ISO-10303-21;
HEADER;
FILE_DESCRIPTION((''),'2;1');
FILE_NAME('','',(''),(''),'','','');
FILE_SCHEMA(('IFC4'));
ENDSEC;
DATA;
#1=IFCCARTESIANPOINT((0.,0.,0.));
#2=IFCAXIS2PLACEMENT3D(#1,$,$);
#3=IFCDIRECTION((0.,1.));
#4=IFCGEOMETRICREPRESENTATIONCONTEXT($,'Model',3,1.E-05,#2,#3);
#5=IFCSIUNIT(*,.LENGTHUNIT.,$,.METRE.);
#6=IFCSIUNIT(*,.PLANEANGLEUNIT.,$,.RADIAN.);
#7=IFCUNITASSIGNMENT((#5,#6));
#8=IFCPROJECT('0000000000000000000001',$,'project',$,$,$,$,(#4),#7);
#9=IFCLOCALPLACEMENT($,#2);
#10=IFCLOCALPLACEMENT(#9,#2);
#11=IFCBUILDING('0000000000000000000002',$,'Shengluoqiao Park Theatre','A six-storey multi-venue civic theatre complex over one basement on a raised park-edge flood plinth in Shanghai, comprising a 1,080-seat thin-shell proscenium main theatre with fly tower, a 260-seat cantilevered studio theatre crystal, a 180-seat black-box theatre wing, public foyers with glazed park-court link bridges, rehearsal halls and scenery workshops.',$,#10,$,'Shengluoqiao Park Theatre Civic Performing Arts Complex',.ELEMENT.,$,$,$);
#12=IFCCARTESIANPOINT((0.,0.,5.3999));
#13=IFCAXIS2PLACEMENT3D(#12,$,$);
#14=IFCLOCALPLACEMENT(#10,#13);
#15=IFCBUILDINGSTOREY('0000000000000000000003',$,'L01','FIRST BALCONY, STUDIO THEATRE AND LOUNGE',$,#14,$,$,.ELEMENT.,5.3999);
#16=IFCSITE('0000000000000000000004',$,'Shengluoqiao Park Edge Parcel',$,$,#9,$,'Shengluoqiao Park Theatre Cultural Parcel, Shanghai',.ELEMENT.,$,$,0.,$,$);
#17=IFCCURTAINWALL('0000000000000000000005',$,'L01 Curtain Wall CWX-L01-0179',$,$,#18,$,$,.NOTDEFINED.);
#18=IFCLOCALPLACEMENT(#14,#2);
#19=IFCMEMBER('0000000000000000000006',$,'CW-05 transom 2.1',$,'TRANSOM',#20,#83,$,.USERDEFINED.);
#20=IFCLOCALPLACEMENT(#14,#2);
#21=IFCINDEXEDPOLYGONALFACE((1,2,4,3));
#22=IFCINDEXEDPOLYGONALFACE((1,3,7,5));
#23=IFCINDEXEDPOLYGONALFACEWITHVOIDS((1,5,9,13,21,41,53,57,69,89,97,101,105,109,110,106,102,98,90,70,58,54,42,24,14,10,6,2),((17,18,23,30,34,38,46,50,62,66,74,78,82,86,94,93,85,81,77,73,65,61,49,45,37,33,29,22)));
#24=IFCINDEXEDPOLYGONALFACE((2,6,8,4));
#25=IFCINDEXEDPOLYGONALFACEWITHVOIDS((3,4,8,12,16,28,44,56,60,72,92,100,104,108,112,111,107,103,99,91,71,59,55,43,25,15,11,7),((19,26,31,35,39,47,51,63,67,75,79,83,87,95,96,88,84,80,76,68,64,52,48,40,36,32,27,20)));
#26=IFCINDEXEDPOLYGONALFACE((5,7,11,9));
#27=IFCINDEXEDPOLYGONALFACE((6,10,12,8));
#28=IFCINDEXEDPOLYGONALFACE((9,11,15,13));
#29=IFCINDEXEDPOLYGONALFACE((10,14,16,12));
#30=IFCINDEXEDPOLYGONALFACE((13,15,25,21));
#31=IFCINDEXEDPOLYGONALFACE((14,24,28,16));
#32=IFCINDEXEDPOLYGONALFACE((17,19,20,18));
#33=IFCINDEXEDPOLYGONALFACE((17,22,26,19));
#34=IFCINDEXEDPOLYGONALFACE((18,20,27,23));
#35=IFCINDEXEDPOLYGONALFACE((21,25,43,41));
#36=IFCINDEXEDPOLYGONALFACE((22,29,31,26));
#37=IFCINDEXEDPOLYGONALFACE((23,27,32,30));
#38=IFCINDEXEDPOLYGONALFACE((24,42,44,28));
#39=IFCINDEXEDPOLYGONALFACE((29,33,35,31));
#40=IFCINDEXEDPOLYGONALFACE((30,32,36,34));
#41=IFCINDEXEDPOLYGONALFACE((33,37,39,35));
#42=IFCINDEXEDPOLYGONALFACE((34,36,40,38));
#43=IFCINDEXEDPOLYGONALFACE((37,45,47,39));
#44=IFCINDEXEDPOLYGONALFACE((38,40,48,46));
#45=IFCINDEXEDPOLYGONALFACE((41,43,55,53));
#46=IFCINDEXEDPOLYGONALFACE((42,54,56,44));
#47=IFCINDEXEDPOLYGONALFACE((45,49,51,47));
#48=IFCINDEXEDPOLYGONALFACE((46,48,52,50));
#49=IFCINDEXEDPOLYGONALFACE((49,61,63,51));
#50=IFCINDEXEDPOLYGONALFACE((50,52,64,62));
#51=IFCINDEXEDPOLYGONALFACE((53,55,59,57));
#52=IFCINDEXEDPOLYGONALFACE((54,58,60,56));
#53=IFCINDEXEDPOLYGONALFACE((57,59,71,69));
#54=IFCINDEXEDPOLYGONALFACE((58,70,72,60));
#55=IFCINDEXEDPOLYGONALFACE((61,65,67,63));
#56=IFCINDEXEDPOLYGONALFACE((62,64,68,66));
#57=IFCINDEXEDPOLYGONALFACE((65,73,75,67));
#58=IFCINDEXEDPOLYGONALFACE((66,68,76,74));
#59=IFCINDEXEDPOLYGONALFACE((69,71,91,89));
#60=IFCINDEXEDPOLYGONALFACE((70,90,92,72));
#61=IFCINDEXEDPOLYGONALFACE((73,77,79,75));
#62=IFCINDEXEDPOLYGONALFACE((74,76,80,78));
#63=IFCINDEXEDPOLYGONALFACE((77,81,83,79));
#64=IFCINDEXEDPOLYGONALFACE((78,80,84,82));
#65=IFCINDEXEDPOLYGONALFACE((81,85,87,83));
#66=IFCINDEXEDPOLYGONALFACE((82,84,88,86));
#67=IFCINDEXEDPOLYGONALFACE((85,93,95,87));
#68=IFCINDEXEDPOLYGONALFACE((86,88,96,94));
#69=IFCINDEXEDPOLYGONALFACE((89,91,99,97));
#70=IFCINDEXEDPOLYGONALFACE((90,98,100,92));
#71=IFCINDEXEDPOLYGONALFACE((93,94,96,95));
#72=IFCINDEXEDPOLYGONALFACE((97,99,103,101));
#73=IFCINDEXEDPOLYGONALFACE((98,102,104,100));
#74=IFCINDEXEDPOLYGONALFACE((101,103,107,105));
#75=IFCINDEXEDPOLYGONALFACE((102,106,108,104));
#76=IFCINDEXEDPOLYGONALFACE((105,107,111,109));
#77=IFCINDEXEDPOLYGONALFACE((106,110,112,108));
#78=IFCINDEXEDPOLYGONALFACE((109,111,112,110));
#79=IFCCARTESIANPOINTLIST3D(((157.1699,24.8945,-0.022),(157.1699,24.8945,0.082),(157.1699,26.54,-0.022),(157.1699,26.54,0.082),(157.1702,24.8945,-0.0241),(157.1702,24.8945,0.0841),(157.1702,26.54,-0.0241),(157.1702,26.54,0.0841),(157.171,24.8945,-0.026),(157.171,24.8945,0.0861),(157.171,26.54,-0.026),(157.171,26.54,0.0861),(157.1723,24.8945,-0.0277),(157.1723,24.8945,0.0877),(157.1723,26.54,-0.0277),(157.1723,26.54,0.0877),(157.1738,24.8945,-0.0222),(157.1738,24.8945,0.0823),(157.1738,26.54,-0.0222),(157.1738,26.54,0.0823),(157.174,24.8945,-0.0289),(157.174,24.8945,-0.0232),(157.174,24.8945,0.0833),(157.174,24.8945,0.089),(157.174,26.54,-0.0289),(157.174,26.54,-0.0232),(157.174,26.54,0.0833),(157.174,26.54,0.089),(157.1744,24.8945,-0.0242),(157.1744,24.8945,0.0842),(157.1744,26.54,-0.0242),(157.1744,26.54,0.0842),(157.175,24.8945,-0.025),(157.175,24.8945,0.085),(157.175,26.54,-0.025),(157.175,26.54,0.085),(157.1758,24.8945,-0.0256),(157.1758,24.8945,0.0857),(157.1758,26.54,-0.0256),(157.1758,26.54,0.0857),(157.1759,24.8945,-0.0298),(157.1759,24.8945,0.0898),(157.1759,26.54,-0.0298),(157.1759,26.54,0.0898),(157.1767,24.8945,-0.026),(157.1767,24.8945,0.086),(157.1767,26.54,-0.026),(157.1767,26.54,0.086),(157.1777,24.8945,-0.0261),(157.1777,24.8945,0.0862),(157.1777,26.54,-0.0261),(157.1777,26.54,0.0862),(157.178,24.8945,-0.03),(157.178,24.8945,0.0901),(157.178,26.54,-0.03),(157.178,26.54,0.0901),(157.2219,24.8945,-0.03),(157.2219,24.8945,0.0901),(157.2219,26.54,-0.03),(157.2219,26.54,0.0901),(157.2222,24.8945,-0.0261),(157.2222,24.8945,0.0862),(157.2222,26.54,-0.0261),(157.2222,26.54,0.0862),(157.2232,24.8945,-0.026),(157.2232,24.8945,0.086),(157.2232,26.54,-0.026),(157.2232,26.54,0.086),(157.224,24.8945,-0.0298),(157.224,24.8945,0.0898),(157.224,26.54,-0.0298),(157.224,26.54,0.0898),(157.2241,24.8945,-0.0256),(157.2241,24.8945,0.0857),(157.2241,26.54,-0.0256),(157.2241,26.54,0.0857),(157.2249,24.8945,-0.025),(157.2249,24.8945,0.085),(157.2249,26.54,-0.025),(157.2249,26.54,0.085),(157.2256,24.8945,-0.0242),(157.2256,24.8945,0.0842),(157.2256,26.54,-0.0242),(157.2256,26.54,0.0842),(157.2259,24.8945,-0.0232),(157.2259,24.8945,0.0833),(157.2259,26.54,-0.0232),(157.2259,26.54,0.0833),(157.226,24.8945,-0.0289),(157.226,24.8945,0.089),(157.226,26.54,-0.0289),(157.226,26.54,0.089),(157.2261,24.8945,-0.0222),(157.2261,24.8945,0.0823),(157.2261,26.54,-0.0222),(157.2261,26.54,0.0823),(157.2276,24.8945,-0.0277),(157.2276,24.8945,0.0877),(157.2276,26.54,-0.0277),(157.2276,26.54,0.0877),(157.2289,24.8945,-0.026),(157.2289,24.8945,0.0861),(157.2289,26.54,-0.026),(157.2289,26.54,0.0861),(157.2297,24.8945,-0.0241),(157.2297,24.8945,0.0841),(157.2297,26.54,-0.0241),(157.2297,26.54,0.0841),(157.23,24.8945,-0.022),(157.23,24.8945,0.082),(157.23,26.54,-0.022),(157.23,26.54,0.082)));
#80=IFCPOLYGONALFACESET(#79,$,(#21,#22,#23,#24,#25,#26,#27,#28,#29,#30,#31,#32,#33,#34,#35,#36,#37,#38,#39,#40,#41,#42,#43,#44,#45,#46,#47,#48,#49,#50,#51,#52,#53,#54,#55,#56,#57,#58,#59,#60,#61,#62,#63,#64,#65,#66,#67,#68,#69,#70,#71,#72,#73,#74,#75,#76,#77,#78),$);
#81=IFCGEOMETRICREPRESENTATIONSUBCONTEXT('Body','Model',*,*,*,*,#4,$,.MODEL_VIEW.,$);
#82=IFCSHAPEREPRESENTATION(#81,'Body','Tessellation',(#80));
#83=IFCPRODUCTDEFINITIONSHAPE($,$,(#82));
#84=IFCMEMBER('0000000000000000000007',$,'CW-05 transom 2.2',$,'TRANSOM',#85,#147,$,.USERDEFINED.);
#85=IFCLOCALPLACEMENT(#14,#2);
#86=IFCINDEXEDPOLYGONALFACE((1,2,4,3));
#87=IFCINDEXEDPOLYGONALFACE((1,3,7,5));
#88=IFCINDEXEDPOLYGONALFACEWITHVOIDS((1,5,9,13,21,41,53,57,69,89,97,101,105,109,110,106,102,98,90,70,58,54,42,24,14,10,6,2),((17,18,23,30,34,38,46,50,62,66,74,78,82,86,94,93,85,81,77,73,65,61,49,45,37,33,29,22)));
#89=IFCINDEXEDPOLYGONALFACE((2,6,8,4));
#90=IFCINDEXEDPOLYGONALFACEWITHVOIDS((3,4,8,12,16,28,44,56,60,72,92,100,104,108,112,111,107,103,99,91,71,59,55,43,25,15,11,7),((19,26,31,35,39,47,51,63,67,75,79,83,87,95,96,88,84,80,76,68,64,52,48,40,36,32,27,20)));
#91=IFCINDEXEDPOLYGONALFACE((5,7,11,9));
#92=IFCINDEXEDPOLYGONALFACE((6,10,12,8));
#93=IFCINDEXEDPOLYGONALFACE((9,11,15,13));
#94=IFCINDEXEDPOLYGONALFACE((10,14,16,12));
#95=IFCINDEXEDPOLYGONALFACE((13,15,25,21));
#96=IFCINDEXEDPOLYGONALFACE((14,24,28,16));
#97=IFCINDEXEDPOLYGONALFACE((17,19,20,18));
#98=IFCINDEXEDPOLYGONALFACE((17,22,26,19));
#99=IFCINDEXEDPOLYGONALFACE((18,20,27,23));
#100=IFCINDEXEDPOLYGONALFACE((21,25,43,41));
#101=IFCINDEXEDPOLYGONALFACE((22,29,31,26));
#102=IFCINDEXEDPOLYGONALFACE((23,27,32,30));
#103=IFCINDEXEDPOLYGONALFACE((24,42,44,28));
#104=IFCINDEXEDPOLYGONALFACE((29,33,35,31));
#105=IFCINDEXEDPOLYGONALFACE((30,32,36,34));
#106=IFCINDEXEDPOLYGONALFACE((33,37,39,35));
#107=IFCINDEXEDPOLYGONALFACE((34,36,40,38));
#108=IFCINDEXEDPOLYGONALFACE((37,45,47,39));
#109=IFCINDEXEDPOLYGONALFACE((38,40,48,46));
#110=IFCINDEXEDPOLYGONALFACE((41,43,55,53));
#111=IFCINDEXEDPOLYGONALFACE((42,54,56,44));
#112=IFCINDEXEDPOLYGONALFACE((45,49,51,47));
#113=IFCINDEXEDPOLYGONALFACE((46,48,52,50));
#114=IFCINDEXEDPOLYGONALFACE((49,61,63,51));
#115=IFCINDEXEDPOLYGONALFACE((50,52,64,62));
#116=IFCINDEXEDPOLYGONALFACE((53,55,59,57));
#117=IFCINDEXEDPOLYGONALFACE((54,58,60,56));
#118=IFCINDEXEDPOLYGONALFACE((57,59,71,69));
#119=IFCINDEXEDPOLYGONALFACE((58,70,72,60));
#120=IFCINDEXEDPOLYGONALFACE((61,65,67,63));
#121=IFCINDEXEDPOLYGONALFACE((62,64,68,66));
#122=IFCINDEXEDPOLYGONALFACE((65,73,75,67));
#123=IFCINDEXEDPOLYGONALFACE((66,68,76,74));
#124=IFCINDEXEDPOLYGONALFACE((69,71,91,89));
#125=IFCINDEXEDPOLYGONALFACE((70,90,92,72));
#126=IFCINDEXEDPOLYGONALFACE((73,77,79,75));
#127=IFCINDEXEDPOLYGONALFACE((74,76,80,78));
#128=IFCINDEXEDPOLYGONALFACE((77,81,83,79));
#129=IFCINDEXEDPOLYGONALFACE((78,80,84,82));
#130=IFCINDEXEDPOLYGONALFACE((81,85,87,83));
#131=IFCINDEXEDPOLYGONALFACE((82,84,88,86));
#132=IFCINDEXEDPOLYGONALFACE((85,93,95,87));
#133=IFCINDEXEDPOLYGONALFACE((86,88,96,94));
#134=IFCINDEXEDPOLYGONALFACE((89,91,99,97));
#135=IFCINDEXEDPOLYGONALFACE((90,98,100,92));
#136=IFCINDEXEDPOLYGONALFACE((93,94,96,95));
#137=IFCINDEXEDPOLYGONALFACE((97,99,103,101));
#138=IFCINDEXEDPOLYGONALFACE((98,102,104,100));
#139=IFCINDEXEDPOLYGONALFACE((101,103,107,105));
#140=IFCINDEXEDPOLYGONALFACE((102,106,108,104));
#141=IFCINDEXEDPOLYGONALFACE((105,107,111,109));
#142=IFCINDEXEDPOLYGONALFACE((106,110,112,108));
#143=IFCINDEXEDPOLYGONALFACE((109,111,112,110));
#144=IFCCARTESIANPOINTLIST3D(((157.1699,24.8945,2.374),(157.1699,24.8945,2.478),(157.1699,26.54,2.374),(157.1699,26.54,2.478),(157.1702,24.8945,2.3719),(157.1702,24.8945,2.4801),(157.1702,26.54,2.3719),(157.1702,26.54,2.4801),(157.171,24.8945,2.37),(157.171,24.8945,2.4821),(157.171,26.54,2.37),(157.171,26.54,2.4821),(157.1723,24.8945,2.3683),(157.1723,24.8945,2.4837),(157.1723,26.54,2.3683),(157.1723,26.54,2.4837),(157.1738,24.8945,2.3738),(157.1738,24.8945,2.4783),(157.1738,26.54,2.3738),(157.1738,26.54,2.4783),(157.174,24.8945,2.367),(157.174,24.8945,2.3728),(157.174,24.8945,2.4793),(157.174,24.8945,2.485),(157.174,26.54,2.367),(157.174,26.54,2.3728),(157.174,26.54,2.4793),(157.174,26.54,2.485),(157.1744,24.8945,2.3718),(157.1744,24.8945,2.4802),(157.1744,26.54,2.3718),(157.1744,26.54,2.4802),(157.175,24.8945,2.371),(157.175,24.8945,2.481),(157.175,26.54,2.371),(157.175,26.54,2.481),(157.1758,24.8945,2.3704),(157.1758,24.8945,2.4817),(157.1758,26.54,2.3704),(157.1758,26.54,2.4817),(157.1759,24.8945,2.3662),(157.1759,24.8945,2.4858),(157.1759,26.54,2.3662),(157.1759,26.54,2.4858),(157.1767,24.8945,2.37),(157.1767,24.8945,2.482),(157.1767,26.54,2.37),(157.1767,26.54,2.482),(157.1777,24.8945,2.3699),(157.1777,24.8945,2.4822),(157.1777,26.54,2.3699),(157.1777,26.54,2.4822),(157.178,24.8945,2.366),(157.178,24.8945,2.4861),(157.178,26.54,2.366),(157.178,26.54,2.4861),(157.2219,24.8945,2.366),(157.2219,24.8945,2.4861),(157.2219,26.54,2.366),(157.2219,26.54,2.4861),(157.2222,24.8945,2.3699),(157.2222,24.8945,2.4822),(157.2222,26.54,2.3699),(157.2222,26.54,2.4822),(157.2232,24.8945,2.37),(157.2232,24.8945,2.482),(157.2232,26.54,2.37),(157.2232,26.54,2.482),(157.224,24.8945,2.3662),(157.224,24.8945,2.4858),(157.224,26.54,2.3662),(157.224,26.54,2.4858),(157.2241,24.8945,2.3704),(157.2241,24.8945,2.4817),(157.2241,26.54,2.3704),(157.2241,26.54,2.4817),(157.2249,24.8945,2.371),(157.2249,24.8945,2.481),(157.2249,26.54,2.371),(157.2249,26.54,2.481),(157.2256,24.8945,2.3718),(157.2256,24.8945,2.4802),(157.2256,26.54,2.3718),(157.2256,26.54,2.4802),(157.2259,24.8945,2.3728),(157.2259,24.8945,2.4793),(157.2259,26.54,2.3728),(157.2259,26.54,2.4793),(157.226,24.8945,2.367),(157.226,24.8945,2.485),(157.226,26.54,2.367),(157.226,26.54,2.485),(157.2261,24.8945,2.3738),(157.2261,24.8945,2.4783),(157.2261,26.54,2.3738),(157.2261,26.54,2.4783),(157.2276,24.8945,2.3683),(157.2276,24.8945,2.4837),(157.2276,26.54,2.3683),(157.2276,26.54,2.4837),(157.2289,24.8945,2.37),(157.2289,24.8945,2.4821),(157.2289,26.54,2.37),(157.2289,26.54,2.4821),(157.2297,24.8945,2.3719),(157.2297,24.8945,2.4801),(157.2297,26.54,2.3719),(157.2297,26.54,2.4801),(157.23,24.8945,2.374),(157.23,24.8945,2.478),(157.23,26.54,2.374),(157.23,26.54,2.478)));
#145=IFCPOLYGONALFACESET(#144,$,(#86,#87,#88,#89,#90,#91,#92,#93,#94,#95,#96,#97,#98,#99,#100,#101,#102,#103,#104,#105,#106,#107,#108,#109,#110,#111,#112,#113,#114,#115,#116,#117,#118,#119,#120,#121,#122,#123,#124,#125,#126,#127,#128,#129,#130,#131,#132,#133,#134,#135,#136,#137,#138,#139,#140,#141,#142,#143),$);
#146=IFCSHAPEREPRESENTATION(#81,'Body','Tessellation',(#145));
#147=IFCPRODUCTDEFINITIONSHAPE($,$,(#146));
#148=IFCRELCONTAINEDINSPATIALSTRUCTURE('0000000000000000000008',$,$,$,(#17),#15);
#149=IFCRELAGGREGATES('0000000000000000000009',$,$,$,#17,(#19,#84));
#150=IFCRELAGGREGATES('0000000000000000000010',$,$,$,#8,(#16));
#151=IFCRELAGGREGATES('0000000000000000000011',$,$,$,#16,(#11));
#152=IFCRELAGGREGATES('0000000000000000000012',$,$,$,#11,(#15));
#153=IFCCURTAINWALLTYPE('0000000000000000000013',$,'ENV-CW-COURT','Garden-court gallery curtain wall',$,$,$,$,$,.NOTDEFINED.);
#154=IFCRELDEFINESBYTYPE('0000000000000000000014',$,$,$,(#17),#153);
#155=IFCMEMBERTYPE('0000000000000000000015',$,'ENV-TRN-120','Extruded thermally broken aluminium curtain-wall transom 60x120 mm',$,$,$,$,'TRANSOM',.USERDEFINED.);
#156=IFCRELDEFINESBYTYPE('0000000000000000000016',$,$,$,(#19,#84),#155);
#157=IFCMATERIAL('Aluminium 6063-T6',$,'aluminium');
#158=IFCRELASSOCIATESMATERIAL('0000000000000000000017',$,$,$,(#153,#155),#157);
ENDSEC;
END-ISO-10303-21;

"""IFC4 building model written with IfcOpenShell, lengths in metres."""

from ifc_helpers import new_model, si_unit, direction, frame, origin, origin_2d, place, context, subcontext, project, spatial, hollow_rectangle, extrude, material, material_profile, profile_set, type_object, element, aggregate, save


model = new_model("IFC4")

# Units and contexts
model_context = context("Model", 3, precision=1e-05, world=origin(), true_north=direction((0.0, 1.0)))
body_context = subcontext(model_context, "Body", "Model", "MODEL_VIEW")
ifc_project = project(units=[si_unit("LENGTHUNIT", "METRE"), si_unit("PLANEANGLEUNIT", "RADIAN")], contexts=[model_context])

# Site, building, storey
site_placement = place(None, origin())
site = spatial("IfcSite", under=ifc_project, at=site_placement, Name="Shengluoqiao Park Edge Parcel", LongName="Shengluoqiao Park Theatre Cultural Parcel, Shanghai", CompositionType="ELEMENT", RefElevation=0.0)
building_placement = place(site_placement, origin())
building = spatial("IfcBuilding", under=site, at=building_placement, Name="Shengluoqiao Park Theatre", Description="A six-storey multi-venue civic theatre complex over one basement on a raised park-edge flood plinth in Shanghai, comprising a 1,080-seat thin-shell proscenium main theatre with fly tower, a 260-seat cantilevered studio theatre crystal, a 180-seat black-box theatre wing, public foyers with glazed park-court link bridges, rehearsal halls and scenery workshops.", LongName="Shengluoqiao Park Theatre Civic Performing Arts Complex", CompositionType="ELEMENT")
storey_placement = place(building_placement, frame((0.0, 0.0, 5.3999)))
storey = spatial("IfcBuildingStorey", under=building, at=storey_placement, Name="L01", Description="FIRST BALCONY, STUDIO THEATRE AND LOUNGE", CompositionType="ELEMENT", Elevation=5.3999)

# Curtain wall
ifc_material_1 = material(Name="Aluminium 6063-T6", Category="aluminium")
curtain_wall_type = type_object("IfcCurtainWallType", Name="ENV-CW-COURT", Description="Garden-court gallery curtain wall", PredefinedType="NOTDEFINED", material=ifc_material_1)
curtain_wall_1_placement = place(storey_placement, origin())
curtain_wall_1 = element("IfcCurtainWall", 1, at=curtain_wall_1_placement, inside=storey, type_object=curtain_wall_type, Name="L01 Curtain Wall CWX-L01-0179", PredefinedType="NOTDEFINED")

# Members
ifc_material_profile_1 = material_profile(ifc_material_1, hollow_rectangle(XDim=0.0601, YDim=0.1201, WallThickness=0.0039, InnerFilletRadius=0.0039, OuterFilletRadius=0.0081, at=origin_2d()), Name="ALU TRANSOM 120x60x4")
ifc_profile_set_1 = profile_set([ifc_material_profile_1], Name="Aluminium 6063-T6")
member_type_1 = type_object("IfcMemberType", Name="ENV-TRN-120", Description="Extruded thermally broken aluminium curtain-wall transom 60x120 mm", ElementType="TRANSOM", PredefinedType="USERDEFINED", material=ifc_profile_set_1)
member_1_placement = place(storey_placement, frame((157.2, 24.8945, 0.03), z_axis=(0.0, 1.0, 0.0), x_axis=(-1.0, 0.0, 0.0)))
member_1 = element("IfcMember", 2, at=member_1_placement, type_object=member_type_1, Name="CW-05 transom 2.1", ObjectType="TRANSOM", PredefinedType="USERDEFINED", context=body_context, shape_type="SweptSolid", body=[
    extrude(hollow_rectangle(XDim=0.0601, YDim=0.1201, WallThickness=0.0039, InnerFilletRadius=0.0039, OuterFilletRadius=0.0081, at=origin_2d()), origin(), (0.0, 0.0, 1.0), 1.6455),
])
member_2_placement = place(storey_placement, frame((157.2, 24.8945, 2.426), z_axis=(0.0, 1.0, 0.0), x_axis=(-1.0, 0.0, 0.0)))
member_2 = element("IfcMember", 3, at=member_2_placement, type_object=member_type_1, Name="CW-05 transom 2.2", ObjectType="TRANSOM", PredefinedType="USERDEFINED", context=body_context, shape_type="SweptSolid", body=[
    extrude(hollow_rectangle(XDim=0.0601, YDim=0.1201, WallThickness=0.0039, InnerFilletRadius=0.0039, OuterFilletRadius=0.0081, at=origin_2d()), origin(), (0.0, 0.0, 1.0), 1.6455),
])

aggregate(curtain_wall_1, [member_1, member_2])

save(model, "model.ifc")
